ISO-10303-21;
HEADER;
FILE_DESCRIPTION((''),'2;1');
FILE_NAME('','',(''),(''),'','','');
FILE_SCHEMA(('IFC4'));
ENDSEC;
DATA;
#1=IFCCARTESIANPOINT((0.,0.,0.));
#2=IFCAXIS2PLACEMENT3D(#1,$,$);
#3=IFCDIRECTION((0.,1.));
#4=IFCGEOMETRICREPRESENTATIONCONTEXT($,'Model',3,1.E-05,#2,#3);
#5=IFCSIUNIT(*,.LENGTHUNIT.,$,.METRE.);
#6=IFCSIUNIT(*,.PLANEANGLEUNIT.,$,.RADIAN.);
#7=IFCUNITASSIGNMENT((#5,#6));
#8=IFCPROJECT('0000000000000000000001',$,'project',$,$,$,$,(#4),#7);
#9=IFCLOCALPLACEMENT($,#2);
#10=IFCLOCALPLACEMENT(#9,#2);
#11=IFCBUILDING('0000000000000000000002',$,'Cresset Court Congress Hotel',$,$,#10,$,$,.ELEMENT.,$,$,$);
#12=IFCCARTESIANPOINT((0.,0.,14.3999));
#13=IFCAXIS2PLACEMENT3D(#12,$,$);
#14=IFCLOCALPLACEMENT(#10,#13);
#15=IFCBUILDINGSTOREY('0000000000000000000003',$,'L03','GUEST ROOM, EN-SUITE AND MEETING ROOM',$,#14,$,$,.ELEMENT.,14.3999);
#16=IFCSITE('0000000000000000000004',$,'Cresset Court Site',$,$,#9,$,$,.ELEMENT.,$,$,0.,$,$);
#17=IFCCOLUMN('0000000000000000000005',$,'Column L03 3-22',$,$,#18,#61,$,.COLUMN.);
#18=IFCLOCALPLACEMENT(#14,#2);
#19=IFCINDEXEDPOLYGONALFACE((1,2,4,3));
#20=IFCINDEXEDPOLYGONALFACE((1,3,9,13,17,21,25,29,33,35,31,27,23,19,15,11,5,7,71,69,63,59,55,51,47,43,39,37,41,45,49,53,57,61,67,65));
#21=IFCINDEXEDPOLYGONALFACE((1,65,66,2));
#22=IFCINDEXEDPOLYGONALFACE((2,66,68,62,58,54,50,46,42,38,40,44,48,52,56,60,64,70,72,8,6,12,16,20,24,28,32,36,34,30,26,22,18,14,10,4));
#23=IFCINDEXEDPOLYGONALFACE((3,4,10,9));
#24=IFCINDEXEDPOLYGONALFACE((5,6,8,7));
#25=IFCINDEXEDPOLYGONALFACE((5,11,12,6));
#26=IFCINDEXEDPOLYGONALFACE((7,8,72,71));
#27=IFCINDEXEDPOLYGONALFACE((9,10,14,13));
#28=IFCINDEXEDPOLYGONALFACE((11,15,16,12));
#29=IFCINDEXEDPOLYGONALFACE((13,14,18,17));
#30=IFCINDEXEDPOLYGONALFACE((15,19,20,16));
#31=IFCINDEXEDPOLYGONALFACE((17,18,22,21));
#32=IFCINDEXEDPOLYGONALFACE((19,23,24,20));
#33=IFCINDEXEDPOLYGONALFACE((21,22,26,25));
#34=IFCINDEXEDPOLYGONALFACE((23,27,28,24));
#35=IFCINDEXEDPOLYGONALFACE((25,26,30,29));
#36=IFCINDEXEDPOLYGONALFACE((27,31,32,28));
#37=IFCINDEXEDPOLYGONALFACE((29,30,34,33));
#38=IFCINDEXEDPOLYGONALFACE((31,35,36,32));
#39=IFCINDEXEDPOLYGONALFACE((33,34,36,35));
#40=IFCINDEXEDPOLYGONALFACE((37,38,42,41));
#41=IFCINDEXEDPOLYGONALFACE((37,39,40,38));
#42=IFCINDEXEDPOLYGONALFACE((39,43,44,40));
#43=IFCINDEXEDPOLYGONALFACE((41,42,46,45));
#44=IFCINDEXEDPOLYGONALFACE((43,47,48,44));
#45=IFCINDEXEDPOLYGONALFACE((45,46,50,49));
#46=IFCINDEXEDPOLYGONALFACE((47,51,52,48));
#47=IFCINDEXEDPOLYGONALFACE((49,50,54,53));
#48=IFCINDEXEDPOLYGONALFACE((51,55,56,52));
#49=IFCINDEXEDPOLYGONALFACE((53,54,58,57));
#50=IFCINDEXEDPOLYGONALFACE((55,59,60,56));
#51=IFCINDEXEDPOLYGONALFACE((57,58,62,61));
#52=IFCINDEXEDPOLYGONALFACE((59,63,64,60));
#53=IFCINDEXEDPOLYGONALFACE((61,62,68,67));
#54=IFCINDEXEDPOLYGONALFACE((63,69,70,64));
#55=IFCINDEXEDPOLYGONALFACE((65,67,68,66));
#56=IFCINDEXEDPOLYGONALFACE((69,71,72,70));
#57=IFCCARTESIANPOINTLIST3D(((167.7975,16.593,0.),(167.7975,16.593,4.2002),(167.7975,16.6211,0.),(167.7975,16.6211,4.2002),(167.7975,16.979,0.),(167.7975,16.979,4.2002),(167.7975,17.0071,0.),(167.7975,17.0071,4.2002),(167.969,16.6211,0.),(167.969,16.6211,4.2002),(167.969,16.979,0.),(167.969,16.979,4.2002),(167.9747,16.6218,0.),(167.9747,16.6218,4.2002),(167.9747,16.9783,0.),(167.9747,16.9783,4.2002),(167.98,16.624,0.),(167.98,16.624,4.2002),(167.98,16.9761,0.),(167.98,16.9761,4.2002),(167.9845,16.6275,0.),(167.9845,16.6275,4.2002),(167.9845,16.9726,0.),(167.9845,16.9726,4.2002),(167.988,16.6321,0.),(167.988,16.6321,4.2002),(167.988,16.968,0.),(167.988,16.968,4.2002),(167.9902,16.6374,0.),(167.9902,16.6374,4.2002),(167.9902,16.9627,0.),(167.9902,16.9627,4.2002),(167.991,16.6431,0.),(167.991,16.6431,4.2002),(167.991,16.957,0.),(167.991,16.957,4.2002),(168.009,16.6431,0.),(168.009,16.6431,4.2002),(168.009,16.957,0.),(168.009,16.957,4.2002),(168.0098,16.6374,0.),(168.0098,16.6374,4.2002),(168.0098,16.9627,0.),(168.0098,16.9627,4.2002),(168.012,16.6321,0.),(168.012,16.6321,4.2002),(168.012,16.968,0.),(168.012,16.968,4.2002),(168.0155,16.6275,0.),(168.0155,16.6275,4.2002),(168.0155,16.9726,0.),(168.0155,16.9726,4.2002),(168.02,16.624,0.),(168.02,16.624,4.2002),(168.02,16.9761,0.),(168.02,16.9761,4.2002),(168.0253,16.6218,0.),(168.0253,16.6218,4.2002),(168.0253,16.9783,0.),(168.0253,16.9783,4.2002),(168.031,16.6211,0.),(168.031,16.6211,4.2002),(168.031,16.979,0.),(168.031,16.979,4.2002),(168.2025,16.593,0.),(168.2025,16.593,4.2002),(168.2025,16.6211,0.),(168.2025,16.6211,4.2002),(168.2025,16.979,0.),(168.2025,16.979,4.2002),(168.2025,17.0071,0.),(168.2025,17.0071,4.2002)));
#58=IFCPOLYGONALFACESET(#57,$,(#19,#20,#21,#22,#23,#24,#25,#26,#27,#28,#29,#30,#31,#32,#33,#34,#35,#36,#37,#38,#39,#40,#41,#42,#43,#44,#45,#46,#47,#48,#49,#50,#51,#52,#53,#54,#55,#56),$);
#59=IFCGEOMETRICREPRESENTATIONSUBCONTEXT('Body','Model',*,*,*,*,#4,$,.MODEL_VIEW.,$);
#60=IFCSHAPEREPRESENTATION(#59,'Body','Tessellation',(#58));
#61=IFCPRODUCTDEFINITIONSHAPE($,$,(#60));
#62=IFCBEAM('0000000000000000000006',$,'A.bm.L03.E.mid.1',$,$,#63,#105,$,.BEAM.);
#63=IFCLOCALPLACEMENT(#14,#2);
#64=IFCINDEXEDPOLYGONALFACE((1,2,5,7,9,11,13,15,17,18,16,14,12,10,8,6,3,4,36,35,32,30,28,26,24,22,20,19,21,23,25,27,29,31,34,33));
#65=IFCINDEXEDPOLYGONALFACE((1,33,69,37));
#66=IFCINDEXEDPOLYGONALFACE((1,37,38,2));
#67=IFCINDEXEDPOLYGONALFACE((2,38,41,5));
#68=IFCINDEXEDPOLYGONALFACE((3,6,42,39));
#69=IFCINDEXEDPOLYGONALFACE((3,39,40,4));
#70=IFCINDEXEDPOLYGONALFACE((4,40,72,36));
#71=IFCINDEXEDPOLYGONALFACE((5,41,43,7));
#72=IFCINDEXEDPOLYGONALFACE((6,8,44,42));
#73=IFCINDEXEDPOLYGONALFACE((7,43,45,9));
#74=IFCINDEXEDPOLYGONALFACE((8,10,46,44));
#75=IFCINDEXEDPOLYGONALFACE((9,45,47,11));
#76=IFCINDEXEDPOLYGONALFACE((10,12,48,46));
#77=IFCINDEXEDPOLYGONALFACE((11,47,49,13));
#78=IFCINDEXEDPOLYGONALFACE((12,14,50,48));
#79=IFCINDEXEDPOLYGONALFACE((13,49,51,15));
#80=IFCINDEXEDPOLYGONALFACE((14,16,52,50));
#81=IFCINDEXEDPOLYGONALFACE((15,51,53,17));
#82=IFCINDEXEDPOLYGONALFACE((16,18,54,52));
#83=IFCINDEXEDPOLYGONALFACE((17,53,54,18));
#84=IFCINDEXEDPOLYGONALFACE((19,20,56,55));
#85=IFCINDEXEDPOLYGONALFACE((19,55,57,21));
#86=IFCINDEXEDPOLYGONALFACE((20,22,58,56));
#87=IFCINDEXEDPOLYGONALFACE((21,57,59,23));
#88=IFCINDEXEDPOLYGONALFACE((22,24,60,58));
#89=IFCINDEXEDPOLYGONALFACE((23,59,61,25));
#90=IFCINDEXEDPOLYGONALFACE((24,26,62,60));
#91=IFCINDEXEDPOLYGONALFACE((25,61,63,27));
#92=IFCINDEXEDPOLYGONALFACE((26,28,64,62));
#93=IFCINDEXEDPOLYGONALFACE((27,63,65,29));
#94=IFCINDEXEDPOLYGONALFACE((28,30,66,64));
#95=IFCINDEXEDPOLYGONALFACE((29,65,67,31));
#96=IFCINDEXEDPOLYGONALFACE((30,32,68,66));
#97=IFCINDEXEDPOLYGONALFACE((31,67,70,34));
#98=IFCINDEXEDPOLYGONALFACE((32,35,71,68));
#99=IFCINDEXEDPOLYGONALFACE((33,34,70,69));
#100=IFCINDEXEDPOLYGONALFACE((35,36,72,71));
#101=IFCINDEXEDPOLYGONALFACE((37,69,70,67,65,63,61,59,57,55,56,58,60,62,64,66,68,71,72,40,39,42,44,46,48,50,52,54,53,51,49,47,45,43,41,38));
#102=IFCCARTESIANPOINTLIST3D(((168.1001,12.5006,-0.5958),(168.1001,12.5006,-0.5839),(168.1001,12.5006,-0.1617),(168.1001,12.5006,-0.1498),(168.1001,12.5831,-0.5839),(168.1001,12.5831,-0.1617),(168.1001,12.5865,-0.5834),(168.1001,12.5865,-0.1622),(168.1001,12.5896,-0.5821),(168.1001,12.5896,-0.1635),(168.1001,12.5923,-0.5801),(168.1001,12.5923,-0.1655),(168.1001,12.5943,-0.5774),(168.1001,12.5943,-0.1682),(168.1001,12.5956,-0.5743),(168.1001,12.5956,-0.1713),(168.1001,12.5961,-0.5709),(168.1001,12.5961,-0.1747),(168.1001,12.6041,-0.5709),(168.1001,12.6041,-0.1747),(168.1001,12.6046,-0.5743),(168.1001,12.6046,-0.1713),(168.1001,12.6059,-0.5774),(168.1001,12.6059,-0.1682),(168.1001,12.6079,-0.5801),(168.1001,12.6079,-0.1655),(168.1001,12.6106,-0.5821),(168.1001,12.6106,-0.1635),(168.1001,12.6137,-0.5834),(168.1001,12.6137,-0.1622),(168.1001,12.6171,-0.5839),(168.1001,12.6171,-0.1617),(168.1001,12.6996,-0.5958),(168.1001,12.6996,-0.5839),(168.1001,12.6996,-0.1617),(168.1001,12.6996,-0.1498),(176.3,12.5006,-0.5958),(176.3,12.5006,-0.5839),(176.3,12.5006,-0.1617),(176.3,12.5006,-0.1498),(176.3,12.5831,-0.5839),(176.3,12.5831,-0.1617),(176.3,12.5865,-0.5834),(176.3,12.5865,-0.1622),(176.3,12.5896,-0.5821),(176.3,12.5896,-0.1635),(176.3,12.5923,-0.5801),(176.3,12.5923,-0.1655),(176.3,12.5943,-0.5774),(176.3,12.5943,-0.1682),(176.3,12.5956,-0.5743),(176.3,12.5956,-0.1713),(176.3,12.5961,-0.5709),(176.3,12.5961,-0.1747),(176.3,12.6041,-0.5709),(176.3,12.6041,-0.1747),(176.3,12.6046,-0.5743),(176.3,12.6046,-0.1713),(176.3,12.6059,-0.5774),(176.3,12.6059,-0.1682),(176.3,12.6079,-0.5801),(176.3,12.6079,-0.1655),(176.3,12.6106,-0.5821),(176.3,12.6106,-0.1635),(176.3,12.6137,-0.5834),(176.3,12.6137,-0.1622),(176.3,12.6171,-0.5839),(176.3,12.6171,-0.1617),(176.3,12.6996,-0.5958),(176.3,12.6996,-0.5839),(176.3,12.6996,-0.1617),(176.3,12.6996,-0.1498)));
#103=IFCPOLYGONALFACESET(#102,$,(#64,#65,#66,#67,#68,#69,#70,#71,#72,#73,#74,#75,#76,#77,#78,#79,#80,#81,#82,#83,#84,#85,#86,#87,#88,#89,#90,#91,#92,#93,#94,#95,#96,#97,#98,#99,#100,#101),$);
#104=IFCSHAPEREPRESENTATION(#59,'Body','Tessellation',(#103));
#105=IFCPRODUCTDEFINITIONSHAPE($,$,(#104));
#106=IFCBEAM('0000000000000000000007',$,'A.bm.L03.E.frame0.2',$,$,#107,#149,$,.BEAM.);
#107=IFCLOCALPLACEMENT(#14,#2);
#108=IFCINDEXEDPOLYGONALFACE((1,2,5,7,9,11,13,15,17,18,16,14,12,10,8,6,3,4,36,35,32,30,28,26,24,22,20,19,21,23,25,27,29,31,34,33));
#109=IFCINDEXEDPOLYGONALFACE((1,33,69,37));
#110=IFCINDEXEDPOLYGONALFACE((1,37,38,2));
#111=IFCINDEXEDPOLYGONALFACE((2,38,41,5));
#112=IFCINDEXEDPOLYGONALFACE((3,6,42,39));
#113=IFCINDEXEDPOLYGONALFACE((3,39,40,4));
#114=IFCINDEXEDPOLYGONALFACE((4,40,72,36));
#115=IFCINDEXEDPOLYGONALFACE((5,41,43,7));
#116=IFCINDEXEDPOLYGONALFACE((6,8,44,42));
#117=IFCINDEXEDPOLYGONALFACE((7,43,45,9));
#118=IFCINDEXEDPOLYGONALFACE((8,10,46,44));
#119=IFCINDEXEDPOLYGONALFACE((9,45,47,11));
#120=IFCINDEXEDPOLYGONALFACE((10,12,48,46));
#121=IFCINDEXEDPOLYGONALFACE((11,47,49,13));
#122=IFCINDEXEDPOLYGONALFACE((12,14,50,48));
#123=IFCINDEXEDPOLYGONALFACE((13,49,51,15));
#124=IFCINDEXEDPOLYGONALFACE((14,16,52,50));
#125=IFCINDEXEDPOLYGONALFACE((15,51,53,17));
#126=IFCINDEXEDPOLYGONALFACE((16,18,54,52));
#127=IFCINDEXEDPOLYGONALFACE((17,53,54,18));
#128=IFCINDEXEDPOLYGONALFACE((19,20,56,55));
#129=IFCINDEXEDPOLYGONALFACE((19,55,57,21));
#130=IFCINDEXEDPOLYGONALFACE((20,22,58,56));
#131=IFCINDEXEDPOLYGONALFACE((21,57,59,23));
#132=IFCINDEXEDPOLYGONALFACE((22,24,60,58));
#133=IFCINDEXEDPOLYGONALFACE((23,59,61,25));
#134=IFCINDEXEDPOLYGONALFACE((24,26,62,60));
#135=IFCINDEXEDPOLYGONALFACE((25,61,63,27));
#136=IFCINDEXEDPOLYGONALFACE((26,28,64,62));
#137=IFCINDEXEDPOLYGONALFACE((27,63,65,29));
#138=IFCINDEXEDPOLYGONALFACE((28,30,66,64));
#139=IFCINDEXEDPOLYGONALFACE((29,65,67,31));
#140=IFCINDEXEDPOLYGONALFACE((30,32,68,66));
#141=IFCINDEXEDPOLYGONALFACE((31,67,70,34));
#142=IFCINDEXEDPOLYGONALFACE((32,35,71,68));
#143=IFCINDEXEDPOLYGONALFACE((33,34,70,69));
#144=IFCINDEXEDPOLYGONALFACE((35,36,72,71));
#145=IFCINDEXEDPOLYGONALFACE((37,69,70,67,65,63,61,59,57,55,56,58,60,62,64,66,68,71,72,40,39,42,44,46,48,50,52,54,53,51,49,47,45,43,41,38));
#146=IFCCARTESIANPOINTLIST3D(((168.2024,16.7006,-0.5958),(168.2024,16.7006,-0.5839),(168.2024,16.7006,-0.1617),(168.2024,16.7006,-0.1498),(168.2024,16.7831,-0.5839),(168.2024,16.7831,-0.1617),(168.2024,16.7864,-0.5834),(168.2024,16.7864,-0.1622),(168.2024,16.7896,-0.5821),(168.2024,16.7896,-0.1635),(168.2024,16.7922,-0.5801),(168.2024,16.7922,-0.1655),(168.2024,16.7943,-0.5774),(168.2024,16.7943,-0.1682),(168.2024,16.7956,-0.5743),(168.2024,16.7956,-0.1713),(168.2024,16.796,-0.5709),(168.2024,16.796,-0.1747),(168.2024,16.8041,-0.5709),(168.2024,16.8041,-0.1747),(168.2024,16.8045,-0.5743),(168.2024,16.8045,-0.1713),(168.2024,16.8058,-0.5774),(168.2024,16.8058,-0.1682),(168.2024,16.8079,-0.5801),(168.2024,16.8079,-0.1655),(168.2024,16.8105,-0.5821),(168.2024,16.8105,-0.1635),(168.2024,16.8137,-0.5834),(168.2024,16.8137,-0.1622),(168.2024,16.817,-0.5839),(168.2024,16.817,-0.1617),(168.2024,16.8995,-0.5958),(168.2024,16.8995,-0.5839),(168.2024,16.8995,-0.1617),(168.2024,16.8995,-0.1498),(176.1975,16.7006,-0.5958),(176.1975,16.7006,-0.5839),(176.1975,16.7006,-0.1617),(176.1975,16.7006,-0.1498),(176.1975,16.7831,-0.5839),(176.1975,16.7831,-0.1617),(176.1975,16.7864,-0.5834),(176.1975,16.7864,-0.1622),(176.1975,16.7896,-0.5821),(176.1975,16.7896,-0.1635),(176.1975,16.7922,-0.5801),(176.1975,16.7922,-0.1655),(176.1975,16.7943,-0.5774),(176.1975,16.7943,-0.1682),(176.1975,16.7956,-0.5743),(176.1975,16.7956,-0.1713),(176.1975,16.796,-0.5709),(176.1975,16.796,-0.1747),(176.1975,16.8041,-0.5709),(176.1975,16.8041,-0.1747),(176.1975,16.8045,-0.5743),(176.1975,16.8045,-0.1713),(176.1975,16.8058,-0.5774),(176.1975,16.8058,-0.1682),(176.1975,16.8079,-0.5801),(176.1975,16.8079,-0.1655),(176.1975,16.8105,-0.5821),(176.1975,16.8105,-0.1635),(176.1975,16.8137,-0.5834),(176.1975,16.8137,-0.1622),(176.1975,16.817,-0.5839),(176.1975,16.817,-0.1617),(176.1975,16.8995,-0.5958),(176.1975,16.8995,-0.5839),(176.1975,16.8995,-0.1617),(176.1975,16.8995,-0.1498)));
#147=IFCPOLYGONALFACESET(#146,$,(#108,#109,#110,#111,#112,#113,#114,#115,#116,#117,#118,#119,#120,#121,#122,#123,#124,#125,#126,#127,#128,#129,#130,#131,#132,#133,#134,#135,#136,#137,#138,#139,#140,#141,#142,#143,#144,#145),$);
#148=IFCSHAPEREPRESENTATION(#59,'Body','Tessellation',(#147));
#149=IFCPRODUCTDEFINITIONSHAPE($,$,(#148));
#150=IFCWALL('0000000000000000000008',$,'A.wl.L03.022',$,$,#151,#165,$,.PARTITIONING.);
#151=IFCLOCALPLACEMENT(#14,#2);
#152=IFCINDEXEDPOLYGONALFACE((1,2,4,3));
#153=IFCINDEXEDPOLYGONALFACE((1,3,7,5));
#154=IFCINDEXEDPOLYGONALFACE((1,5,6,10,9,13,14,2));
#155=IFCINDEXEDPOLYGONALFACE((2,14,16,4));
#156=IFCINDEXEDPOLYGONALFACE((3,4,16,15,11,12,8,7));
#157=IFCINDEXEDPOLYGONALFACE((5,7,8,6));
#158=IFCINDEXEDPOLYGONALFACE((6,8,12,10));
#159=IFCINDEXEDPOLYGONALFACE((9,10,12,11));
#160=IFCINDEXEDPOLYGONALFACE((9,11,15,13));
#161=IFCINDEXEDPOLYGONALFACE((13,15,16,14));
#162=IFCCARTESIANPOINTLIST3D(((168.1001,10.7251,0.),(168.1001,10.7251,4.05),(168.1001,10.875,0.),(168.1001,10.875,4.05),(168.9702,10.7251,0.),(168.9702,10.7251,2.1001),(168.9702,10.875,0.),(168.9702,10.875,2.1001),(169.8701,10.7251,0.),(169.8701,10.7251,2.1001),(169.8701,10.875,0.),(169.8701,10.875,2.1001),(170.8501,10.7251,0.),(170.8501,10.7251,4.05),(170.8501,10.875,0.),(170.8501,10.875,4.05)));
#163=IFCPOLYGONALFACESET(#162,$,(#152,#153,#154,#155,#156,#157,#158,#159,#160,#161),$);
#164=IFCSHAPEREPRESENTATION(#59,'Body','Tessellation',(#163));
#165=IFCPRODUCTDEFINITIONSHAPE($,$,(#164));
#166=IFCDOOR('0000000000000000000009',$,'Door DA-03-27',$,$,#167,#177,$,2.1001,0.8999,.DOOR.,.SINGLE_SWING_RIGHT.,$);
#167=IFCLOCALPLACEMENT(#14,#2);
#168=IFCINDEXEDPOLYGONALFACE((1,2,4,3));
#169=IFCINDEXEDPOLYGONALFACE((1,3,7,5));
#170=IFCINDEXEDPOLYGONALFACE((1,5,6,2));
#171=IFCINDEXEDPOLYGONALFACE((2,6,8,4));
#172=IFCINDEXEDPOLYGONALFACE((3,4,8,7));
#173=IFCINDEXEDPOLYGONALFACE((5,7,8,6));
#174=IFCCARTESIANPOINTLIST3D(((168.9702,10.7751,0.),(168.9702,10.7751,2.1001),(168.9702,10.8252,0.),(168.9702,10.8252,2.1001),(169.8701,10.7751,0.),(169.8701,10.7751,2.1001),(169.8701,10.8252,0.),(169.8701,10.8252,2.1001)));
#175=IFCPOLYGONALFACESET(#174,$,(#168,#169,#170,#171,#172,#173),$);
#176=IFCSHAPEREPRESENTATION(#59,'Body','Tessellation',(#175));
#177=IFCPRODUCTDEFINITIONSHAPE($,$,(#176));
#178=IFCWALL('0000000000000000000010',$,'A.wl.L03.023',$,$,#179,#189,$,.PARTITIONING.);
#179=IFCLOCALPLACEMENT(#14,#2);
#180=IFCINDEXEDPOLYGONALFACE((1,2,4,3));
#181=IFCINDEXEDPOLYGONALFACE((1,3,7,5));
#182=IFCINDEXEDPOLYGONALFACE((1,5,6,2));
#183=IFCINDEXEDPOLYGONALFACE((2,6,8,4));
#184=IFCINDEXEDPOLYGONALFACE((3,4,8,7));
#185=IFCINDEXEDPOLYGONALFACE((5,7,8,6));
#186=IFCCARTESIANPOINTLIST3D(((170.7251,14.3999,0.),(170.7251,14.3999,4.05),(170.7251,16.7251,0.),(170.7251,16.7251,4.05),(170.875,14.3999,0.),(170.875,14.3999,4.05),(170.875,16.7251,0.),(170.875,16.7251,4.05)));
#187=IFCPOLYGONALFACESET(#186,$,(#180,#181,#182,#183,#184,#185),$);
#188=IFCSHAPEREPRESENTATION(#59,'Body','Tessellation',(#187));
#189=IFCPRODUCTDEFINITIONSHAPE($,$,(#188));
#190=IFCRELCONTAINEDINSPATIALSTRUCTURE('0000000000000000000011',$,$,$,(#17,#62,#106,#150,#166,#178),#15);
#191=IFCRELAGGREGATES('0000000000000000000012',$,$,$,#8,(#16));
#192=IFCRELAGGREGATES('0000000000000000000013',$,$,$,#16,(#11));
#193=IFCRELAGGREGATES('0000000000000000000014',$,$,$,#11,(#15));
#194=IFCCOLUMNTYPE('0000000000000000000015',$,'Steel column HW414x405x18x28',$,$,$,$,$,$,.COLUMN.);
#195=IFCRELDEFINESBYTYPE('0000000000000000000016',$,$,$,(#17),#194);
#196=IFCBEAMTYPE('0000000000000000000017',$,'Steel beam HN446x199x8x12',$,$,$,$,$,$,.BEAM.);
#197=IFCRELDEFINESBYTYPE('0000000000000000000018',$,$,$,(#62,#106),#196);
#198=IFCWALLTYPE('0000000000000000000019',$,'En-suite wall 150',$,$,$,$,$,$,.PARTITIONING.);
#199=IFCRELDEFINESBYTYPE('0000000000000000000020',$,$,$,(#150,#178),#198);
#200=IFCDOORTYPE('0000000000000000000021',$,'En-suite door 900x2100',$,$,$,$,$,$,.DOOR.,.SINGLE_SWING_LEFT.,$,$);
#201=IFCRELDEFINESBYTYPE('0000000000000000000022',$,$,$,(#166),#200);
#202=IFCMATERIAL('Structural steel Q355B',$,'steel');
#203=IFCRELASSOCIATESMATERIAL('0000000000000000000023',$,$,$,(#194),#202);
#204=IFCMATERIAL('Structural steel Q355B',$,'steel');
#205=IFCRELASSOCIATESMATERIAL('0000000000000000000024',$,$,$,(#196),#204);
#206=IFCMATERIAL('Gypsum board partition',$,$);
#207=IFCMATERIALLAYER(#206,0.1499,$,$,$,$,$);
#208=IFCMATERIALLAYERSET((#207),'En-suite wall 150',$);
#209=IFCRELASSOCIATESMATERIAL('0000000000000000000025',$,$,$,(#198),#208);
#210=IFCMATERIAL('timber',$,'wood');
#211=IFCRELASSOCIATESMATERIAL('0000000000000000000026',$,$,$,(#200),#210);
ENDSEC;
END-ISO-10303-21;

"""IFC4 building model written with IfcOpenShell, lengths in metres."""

from ifc_helpers import new_model, si_unit, direction, frame, frame_2d, origin, origin_2d, place, context, subcontext, project, spatial, rectangle, i_section, extrude, material, layer, layer_set, material_profile, profile_set, type_object, element, fill, save


model = new_model("IFC4")

# Units and contexts
model_context = context("Model", 3, precision=1e-05, world=origin(), true_north=direction((0.0, 1.0)))
body_context = subcontext(model_context, "Body", "Model", "MODEL_VIEW")
ifc_project = project(units=[si_unit("LENGTHUNIT", "METRE"), si_unit("PLANEANGLEUNIT", "RADIAN")], contexts=[model_context])

# Site, building, storey
site_placement = place(None, origin())
site = spatial("IfcSite", under=ifc_project, at=site_placement, Name="Cresset Court Site", CompositionType="ELEMENT", RefElevation=0.0)
building_placement = place(site_placement, origin())
building = spatial("IfcBuilding", under=site, at=building_placement, Name="Cresset Court Congress Hotel", CompositionType="ELEMENT")
storey_placement = place(building_placement, frame((0.0, 0.0, 14.3999)))
storey = spatial("IfcBuildingStorey", under=building, at=storey_placement, Name="L03", Description="GUEST ROOM, EN-SUITE AND MEETING ROOM", CompositionType="ELEMENT", Elevation=14.3999)

# Column
ifc_material_1 = material(Name="Structural steel Q355B", Category="steel")
ifc_material_profile_1 = material_profile(ifc_material_1, i_section(OverallWidth=0.405, OverallDepth=0.4141, WebThickness=0.0181, FlangeThickness=0.0281, FilletRadius=0.022, at=origin_2d()), Name="HW414x405x18x28")
ifc_profile_set_1 = profile_set([ifc_material_profile_1], Name="Structural steel Q355B")
column_type = type_object("IfcColumnType", Name="Steel column HW414x405x18x28", PredefinedType="COLUMN", material=ifc_profile_set_1)
column_placement = place(storey_placement, frame((168.0, 16.8, 0.0), z_axis=(0.0, 0.0, 1.0), x_axis=(1.0, 0.0, 0.0)))
element("IfcColumn", 1, at=column_placement, inside=storey, type_object=column_type, Name="Column L03 3-22", PredefinedType="COLUMN", context=body_context, shape_type="SweptSolid", body=[
    extrude(i_section(OverallWidth=0.405, OverallDepth=0.4141, WebThickness=0.0181, FlangeThickness=0.0281, FilletRadius=0.022, at=origin_2d()), origin(), (0.0, 0.0, 1.0), 4.2002),
])

# Beams
ifc_material_2 = material(Name="Structural steel Q355B", Category="steel")
ifc_material_profile_2 = material_profile(ifc_material_2, i_section(OverallWidth=0.199, OverallDepth=0.446, WebThickness=0.0081, FlangeThickness=0.012, FilletRadius=0.0129, at=origin_2d()), Name="HN446x199x8x12")
ifc_profile_set_2 = profile_set([ifc_material_profile_2], Name="Structural steel Q355B")
beam_type = type_object("IfcBeamType", Name="Steel beam HN446x199x8x12", PredefinedType="BEAM", material=ifc_profile_set_2)
beam_1_placement = place(storey_placement, frame((168.1001, 12.6001, -0.3728), z_axis=(1.0, 0.0, 0.0), x_axis=(0.0, 1.0, 0.0)))
element("IfcBeam", 2, at=beam_1_placement, inside=storey, type_object=beam_type, Name="A.bm.L03.E.mid.1", PredefinedType="BEAM", context=body_context, shape_type="SweptSolid", body=[
    extrude(i_section(OverallWidth=0.199, OverallDepth=0.446, WebThickness=0.0081, FlangeThickness=0.012, FilletRadius=0.0129, at=origin_2d()), origin(), (0.0, 0.0, 1.0), 8.2),
])
beam_2_placement = place(storey_placement, frame((168.2024, 16.8, -0.3728), z_axis=(1.0, 0.0, 0.0), x_axis=(0.0, 1.0, 0.0)))
element("IfcBeam", 3, at=beam_2_placement, inside=storey, type_object=beam_type, Name="A.bm.L03.E.frame0.2", PredefinedType="BEAM", context=body_context, shape_type="SweptSolid", body=[
    extrude(i_section(OverallWidth=0.199, OverallDepth=0.446, WebThickness=0.0081, FlangeThickness=0.012, FilletRadius=0.0129, at=origin_2d()), origin(), (0.0, 0.0, 1.0), 7.9951),
])

# Wall, opening, door
ifc_material_3 = material(Name="Gypsum board partition")
ifc_layer_1 = layer(ifc_material_3, 0.1499)
ifc_layer_set_1 = layer_set([ifc_layer_1], Name="En-suite wall 150")
wall_type_1 = type_object("IfcWallType", Name="En-suite wall 150", PredefinedType="PARTITIONING", material=ifc_layer_set_1)
wall_1_placement = place(storey_placement, frame((170.8501, 10.8, 0.0), z_axis=(0.0, 0.0, 1.0), x_axis=(-1.0, 0.0, 0.0)))
wall_1 = element("IfcWall", 4, at=wall_1_placement, inside=storey, type_object=wall_type_1, Name="A.wl.L03.022", PredefinedType="PARTITIONING", context=body_context, shape_type="SweptSolid", body=[
    extrude(rectangle(XDim=2.75, YDim=0.1499, at=frame_2d((1.375, 0.0))), origin(), (0.0, 0.0, 1.0), 4.05),
])
opening_1_placement = place(wall_1_placement, frame((0.98, 0.0, 0.0)))
opening_1 = element("IfcOpeningElement", 5, at=opening_1_placement, cuts=wall_1, PredefinedType="OPENING", context=body_context, shape_type="SweptSolid", body=[
    extrude(rectangle(XDim=0.8999, YDim=2.1001, at=frame_2d((0.45, 1.05))), frame((0.0, 0.085, 0.0), z_axis=(0.0, -1.0, 0.0), x_axis=(1.0, 0.0, 0.0)), (0.0, 0.0, 1.0), 0.1699),
])
ifc_material_4 = material(Name="timber", Category="wood")
door_type = type_object("IfcDoorType", Name="En-suite door 900x2100", OperationType="SINGLE_SWING_LEFT", PredefinedType="DOOR", material=ifc_material_4)
door_1_placement = place(opening_1_placement, origin())
door_1 = element("IfcDoor", 6, at=door_1_placement, inside=storey, type_object=door_type, Name="Door DA-03-27", OperationType="SINGLE_SWING_RIGHT", OverallHeight=2.1001, OverallWidth=0.8999, PredefinedType="DOOR", context=body_context, shape_type="SweptSolid", body=[
    extrude(rectangle(XDim=0.8999, YDim=2.1001, at=frame_2d((0.45, 1.05))), frame((0.0, 0.0249, 0.0), z_axis=(0.0, -1.0, 0.0), x_axis=(1.0, 0.0, 0.0)), (0.0, 0.0, 1.0), 0.05),
])
fill(opening_1, door_1)

# Wall
wall_2_placement = place(storey_placement, frame((170.8, 14.3999, 0.0), z_axis=(0.0, 0.0, 1.0), x_axis=(0.0, 1.0, 0.0)))
element("IfcWall", 7, at=wall_2_placement, inside=storey, type_object=wall_type_1, Name="A.wl.L03.023", PredefinedType="PARTITIONING", context=body_context, shape_type="SweptSolid", body=[
    extrude(rectangle(XDim=2.3252, YDim=0.1499, at=frame_2d((1.1626, 0.0))), origin(), (0.0, 0.0, 1.0), 4.05),
])

save(model, "model.ifc")
